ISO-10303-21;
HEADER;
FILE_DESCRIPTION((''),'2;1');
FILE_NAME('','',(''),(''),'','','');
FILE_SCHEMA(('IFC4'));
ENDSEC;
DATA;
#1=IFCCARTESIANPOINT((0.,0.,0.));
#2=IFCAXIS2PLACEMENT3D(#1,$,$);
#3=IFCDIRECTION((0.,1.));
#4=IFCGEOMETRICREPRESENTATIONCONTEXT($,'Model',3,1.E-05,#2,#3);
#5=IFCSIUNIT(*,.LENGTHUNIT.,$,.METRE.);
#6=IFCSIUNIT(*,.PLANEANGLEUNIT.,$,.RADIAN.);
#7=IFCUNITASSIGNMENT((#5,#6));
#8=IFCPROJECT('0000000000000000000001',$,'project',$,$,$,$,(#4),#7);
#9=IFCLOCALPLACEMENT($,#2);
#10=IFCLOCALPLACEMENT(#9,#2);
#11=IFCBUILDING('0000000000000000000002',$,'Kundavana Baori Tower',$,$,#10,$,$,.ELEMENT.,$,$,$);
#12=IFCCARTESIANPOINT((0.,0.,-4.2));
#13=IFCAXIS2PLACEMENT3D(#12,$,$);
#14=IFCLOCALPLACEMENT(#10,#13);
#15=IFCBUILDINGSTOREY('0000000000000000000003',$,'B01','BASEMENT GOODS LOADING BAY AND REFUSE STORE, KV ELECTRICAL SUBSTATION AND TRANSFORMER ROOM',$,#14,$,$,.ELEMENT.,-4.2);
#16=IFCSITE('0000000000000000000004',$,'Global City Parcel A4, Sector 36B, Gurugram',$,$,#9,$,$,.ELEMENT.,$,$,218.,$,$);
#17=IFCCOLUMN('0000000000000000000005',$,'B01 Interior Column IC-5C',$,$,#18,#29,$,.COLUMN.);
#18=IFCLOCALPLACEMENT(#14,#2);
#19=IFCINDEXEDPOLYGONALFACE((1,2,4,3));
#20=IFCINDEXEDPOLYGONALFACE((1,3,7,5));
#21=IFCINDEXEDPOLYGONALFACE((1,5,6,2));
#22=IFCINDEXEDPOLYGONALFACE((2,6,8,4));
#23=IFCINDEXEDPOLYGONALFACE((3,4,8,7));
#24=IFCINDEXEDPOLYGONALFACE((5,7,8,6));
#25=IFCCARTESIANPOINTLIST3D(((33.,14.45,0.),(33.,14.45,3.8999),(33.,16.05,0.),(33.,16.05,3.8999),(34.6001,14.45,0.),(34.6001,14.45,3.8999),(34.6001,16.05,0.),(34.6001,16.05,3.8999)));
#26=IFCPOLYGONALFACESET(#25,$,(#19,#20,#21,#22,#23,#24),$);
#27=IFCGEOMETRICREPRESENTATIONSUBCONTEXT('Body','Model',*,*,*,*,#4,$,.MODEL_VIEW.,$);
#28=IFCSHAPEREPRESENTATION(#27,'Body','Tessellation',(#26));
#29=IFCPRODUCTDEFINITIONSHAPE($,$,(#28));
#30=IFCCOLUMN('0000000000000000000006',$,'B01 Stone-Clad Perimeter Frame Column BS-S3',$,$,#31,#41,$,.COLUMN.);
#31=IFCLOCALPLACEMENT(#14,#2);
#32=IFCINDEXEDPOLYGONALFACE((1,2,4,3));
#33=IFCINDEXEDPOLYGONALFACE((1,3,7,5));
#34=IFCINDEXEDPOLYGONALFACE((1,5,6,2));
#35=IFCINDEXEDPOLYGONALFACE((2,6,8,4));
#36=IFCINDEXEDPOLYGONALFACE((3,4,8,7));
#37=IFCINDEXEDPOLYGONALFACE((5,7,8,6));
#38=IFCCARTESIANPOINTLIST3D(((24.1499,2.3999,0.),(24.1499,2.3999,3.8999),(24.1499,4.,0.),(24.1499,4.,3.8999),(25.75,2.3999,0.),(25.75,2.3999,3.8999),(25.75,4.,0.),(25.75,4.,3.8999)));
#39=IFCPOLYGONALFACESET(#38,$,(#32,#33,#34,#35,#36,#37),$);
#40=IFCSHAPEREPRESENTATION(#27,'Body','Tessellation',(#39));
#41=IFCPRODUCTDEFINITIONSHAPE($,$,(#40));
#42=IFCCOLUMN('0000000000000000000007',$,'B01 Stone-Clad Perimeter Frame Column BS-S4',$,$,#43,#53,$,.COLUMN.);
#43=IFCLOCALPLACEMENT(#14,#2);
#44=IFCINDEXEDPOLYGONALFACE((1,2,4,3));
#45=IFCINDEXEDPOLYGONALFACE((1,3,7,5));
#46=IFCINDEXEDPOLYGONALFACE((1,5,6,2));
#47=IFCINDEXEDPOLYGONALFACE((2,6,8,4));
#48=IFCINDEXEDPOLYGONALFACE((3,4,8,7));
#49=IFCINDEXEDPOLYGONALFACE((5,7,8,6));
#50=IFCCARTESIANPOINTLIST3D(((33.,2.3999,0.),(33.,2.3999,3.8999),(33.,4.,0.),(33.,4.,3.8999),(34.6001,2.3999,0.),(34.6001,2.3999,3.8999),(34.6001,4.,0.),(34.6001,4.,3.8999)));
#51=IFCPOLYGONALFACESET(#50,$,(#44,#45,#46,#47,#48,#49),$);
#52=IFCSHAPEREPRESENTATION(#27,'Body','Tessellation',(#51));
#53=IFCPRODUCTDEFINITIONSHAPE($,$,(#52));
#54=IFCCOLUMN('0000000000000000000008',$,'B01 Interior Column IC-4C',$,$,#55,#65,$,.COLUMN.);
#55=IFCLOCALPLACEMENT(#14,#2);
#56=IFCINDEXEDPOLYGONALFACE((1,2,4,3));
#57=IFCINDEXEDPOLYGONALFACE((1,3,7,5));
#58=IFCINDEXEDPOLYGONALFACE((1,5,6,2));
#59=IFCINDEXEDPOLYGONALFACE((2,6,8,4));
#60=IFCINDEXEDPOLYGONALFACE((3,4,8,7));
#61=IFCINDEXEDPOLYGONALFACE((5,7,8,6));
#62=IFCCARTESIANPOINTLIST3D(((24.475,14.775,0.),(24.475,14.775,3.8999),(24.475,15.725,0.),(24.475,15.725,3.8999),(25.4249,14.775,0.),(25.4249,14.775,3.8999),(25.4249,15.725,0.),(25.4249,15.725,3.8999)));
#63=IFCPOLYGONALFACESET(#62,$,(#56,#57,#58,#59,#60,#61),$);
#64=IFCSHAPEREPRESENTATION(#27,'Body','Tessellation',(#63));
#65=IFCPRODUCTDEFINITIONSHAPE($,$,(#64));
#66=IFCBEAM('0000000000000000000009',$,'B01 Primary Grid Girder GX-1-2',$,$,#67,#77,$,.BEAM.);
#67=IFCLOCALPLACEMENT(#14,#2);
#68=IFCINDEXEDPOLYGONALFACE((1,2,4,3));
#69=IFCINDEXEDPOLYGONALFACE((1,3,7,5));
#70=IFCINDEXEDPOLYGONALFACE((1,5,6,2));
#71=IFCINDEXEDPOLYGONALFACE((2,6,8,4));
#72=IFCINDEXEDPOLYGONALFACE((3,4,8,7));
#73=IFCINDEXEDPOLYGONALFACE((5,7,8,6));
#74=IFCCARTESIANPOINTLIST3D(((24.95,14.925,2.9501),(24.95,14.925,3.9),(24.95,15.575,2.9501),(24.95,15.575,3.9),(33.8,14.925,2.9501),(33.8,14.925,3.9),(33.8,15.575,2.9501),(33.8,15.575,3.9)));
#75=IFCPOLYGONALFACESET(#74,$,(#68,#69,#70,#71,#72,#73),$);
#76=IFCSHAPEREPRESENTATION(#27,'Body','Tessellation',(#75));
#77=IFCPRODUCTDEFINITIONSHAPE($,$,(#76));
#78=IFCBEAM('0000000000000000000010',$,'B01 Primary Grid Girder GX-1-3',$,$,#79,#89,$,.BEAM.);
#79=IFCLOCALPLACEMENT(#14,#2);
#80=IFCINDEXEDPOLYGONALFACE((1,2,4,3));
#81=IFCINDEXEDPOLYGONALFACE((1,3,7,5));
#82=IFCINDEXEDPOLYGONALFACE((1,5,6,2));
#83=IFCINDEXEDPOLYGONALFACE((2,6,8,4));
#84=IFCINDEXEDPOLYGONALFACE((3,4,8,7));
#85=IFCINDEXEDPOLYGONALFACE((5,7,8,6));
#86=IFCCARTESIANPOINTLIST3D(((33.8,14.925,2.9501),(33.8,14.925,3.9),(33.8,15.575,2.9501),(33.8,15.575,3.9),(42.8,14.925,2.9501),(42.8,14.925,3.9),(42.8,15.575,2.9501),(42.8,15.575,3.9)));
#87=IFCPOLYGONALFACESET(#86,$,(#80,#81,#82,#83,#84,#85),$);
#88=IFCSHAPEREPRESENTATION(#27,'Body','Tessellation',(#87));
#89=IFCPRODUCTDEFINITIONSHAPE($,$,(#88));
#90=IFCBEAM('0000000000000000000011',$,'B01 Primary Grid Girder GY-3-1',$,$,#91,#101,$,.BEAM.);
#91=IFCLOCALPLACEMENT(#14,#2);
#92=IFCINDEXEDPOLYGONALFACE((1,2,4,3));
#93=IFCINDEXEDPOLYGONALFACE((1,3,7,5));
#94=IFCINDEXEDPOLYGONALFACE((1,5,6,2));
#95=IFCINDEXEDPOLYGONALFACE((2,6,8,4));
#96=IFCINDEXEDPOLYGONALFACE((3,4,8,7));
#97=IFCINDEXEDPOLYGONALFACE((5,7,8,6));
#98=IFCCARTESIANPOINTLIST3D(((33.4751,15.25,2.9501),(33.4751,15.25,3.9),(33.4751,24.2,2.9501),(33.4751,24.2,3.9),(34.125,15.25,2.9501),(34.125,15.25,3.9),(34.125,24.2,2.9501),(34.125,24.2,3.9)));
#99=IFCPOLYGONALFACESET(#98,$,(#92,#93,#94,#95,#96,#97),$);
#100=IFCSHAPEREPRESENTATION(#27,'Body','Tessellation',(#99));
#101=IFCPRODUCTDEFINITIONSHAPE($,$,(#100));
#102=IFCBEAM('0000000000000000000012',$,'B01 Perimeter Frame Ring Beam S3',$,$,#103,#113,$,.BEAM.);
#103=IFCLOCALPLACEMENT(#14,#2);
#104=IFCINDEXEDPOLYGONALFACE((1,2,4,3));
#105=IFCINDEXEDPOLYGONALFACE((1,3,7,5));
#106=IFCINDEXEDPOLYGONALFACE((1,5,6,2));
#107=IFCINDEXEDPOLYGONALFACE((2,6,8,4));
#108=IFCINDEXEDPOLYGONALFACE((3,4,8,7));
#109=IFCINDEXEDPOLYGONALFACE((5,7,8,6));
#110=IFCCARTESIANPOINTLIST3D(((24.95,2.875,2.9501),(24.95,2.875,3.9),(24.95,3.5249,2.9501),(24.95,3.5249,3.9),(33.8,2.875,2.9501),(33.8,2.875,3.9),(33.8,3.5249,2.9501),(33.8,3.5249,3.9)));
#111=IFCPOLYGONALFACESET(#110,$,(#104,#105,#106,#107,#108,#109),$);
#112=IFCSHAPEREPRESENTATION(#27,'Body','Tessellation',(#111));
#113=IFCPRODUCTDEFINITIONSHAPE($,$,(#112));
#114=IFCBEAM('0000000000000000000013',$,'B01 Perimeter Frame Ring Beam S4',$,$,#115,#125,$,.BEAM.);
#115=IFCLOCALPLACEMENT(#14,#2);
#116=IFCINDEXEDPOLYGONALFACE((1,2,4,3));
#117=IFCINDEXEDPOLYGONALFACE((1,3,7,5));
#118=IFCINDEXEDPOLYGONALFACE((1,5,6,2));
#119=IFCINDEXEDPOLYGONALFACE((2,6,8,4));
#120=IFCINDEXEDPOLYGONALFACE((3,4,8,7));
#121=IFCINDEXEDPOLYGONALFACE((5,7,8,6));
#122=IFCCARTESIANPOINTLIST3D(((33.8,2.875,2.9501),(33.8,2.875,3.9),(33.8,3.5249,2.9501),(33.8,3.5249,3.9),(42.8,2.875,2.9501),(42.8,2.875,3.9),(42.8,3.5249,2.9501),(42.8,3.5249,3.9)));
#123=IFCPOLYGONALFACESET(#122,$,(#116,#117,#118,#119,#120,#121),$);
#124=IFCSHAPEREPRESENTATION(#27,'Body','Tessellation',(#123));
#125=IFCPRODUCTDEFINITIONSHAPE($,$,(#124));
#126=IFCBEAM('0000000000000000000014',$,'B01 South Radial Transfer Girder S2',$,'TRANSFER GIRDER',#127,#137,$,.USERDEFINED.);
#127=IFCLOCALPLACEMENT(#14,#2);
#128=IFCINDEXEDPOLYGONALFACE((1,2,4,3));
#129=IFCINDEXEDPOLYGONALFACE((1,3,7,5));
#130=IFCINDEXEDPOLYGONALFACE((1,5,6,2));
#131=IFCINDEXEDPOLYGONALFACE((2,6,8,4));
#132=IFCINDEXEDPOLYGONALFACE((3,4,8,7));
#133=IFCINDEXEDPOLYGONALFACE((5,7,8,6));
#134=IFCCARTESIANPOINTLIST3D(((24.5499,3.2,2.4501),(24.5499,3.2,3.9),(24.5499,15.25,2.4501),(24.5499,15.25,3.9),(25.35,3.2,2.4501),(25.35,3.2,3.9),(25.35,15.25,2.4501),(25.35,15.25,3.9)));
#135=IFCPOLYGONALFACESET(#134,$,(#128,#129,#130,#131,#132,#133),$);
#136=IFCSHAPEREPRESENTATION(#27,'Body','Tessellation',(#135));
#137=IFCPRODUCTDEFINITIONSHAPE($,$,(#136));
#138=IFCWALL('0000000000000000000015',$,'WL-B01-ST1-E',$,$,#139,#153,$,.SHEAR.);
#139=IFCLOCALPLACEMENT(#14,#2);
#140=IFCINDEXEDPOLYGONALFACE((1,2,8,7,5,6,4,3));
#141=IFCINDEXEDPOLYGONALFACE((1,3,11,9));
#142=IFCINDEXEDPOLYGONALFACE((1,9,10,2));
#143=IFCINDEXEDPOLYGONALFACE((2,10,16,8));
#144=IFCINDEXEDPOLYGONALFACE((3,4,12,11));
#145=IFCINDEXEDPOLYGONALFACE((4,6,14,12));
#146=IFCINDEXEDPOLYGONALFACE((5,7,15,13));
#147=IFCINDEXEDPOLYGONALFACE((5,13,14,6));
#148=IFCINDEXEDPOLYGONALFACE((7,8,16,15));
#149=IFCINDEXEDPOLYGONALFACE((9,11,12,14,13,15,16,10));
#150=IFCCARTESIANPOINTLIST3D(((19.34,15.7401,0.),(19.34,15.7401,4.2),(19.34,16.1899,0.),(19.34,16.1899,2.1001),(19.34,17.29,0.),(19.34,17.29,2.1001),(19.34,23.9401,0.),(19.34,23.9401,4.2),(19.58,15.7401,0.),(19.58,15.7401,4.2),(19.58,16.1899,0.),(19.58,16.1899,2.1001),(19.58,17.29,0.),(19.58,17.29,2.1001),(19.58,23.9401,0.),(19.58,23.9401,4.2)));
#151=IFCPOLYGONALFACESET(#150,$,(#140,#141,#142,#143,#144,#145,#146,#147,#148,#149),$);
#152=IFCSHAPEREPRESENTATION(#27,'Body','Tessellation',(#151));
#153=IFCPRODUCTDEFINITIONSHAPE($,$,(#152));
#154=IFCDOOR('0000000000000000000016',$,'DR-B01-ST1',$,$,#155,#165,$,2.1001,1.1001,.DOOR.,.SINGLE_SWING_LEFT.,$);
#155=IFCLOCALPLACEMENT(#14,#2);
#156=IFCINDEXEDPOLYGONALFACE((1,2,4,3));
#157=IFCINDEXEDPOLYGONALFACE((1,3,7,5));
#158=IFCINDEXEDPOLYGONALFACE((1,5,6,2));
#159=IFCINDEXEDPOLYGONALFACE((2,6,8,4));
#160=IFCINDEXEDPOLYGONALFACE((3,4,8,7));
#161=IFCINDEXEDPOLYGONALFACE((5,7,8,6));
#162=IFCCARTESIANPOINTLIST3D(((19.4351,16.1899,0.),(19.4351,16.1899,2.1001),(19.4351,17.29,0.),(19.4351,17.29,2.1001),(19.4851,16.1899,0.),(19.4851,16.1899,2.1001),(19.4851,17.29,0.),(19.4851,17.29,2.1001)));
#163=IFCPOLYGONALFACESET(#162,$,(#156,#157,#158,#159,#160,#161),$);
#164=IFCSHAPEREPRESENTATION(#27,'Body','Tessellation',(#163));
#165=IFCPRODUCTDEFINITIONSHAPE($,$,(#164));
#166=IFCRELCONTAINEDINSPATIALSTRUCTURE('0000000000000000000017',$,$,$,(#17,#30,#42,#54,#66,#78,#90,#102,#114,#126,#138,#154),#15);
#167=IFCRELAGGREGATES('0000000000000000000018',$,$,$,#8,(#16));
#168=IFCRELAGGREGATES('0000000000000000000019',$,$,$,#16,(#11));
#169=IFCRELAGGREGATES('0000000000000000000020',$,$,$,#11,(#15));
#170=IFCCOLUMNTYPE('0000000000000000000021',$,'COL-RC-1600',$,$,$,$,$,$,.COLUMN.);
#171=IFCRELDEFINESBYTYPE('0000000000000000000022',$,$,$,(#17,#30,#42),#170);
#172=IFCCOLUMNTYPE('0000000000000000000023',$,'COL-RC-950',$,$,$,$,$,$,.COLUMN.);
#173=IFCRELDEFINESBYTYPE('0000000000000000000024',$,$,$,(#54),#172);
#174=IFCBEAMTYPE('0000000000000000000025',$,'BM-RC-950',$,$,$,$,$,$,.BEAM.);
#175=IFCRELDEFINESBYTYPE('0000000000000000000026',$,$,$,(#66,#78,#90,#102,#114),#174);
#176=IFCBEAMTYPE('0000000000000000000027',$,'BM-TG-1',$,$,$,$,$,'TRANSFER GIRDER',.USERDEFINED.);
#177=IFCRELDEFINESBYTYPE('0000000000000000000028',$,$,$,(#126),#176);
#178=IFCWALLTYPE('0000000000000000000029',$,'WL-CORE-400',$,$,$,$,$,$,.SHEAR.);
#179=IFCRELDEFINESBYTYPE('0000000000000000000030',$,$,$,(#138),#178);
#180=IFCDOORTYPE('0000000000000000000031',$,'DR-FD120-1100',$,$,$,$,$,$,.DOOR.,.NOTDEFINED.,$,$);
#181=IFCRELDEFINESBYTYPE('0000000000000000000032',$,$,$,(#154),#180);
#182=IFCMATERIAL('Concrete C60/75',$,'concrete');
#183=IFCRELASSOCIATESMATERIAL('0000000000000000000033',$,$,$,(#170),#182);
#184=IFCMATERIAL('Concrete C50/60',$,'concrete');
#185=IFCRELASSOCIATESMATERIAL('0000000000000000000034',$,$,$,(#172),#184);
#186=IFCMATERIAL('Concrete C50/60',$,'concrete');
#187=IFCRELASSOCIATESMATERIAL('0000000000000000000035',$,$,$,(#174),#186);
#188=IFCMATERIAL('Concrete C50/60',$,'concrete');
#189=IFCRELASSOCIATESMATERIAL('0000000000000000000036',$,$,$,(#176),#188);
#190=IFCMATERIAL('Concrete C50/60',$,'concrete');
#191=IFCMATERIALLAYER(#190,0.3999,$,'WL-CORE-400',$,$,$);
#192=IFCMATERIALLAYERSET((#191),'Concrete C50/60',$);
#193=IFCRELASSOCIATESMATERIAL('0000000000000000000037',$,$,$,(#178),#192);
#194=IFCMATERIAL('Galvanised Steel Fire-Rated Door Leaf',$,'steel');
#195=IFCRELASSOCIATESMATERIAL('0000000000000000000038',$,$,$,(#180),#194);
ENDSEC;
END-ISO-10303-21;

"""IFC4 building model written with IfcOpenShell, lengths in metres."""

from ifc_helpers import new_model, si_unit, direction, frame, frame_2d, origin, origin_2d, place, context, subcontext, project, spatial, rectangle, extrude, material, layer, layer_set, material_profile, profile_set, type_object, element, fill, save


model = new_model("IFC4")

# Units and contexts
model_context = context("Model", 3, precision=1e-05, world=origin(), true_north=direction((0.0, 1.0)))
body_context = subcontext(model_context, "Body", "Model", "MODEL_VIEW")
ifc_project = project(units=[si_unit("LENGTHUNIT", "METRE"), si_unit("PLANEANGLEUNIT", "RADIAN")], contexts=[model_context])

# Site, building, storey
site_placement = place(None, origin())
site = spatial("IfcSite", under=ifc_project, at=site_placement, Name="Global City Parcel A4, Sector 36B, Gurugram", CompositionType="ELEMENT", RefElevation=218.0)
building_placement = place(site_placement, origin())
building = spatial("IfcBuilding", under=site, at=building_placement, Name="Kundavana Baori Tower", CompositionType="ELEMENT")
storey_placement = place(building_placement, frame((0.0, 0.0, -4.2)))
storey = spatial("IfcBuildingStorey", under=building, at=storey_placement, Name="B01", Description="BASEMENT GOODS LOADING BAY AND REFUSE STORE, KV ELECTRICAL SUBSTATION AND TRANSFORMER ROOM", CompositionType="ELEMENT", Elevation=-4.2)

# Columns
ifc_material_1 = material(Name="Concrete C60/75", Category="concrete")
ifc_material_profile_1 = material_profile(ifc_material_1, rectangle(XDim=1.6001, YDim=1.6001, at=origin_2d()), Name="RC 1600x1600")
ifc_profile_set_1 = profile_set([ifc_material_profile_1], Name="Concrete C60/75")
column_type_1 = type_object("IfcColumnType", Name="COL-RC-1600", PredefinedType="COLUMN", material=ifc_profile_set_1)
for number, where, z_axis, x_axis, name in (
    (1, (33.8, 15.25, 0.0), (0.0, 0.0, 1.0), (1.0, 0.0, 0.0), "B01 Interior Column IC-5C"),
    (2, (24.95, 3.2, 0.0), (0.0, 0.0, 1.0), (1.0, 0.0, 0.0), "B01 Stone-Clad Perimeter Frame Column BS-S3"),
    (3, (33.8, 3.2, 0.0), (0.0, 0.0, 1.0), (1.0, 0.0, 0.0), "B01 Stone-Clad Perimeter Frame Column BS-S4"),
):
    element("IfcColumn", number, at=place(storey_placement, frame(where, z_axis=z_axis, x_axis=x_axis)), inside=storey, type_object=column_type_1, Name=name, PredefinedType="COLUMN", context=body_context, shape_type="SweptSolid", body=[
        extrude(rectangle(XDim=1.6001, YDim=1.6001, at=origin_2d()), origin(), (0.0, 0.0, 1.0), 3.8999),
    ])
ifc_material_2 = material(Name="Concrete C50/60", Category="concrete")
ifc_material_profile_2 = material_profile(ifc_material_2, rectangle(XDim=0.95, YDim=0.95, at=origin_2d()), Name="RC 950x950")
ifc_profile_set_2 = profile_set([ifc_material_profile_2], Name="Concrete C50/60")
column_type_2 = type_object("IfcColumnType", Name="COL-RC-950", PredefinedType="COLUMN", material=ifc_profile_set_2)
column_placement = place(storey_placement, frame((24.95, 15.25, 0.0), z_axis=(0.0, 0.0, 1.0), x_axis=(1.0, 0.0, 0.0)))
element("IfcColumn", 4, at=column_placement, inside=storey, type_object=column_type_2, Name="B01 Interior Column IC-4C", PredefinedType="COLUMN", context=body_context, shape_type="SweptSolid", body=[
    extrude(rectangle(XDim=0.95, YDim=0.95, at=origin_2d()), origin(), (0.0, 0.0, 1.0), 3.8999),
])

# Beams
ifc_material_3 = material(Name="Concrete C50/60", Category="concrete")
ifc_material_profile_3 = material_profile(ifc_material_3, rectangle(XDim=0.6499, YDim=0.95, at=origin_2d()), Name="RC BM 650x950")
ifc_profile_set_3 = profile_set([ifc_material_profile_3], Name="Concrete C50/60")
beam_type_1 = type_object("IfcBeamType", Name="BM-RC-950", PredefinedType="BEAM", material=ifc_profile_set_3)
beam_1_placement = place(storey_placement, frame((24.95, 15.25, 3.425), z_axis=(1.0, 0.0, 0.0), x_axis=(0.0, 1.0, 0.0)))
element("IfcBeam", 5, at=beam_1_placement, inside=storey, type_object=beam_type_1, Name="B01 Primary Grid Girder GX-1-2", PredefinedType="BEAM", context=body_context, shape_type="SweptSolid", body=[
    extrude(rectangle(XDim=0.6499, YDim=0.95, at=origin_2d()), origin(), (0.0, 0.0, 1.0), 8.8501),
])
beam_2_placement = place(storey_placement, frame((33.8, 15.25, 3.425), z_axis=(1.0, 0.0, 0.0), x_axis=(0.0, 1.0, 0.0)))
element("IfcBeam", 6, at=beam_2_placement, inside=storey, type_object=beam_type_1, Name="B01 Primary Grid Girder GX-1-3", PredefinedType="BEAM", context=body_context, shape_type="SweptSolid", body=[
    extrude(rectangle(XDim=0.6499, YDim=0.95, at=origin_2d()), origin(), (0.0, 0.0, 1.0), 9.0),
])
beam_3_placement = place(storey_placement, frame((33.8, 15.25, 3.425), z_axis=(0.0, 1.0, 0.0), x_axis=(-1.0, 0.0, 0.0)))
element("IfcBeam", 7, at=beam_3_placement, inside=storey, type_object=beam_type_1, Name="B01 Primary Grid Girder GY-3-1", PredefinedType="BEAM", context=body_context, shape_type="SweptSolid", body=[
    extrude(rectangle(XDim=0.6499, YDim=0.95, at=origin_2d()), origin(), (0.0, 0.0, 1.0), 8.95),
])
beam_4_placement = place(storey_placement, frame((24.95, 3.2, 3.425), z_axis=(1.0, 0.0, 0.0), x_axis=(0.0, 1.0, 0.0)))
element("IfcBeam", 8, at=beam_4_placement, inside=storey, type_object=beam_type_1, Name="B01 Perimeter Frame Ring Beam S3", PredefinedType="BEAM", context=body_context, shape_type="SweptSolid", body=[
    extrude(rectangle(XDim=0.6499, YDim=0.95, at=origin_2d()), origin(), (0.0, 0.0, 1.0), 8.8501),
])
beam_5_placement = place(storey_placement, frame((33.8, 3.2, 3.425), z_axis=(1.0, 0.0, 0.0), x_axis=(0.0, 1.0, 0.0)))
element("IfcBeam", 9, at=beam_5_placement, inside=storey, type_object=beam_type_1, Name="B01 Perimeter Frame Ring Beam S4", PredefinedType="BEAM", context=body_context, shape_type="SweptSolid", body=[
    extrude(rectangle(XDim=0.6499, YDim=0.95, at=origin_2d()), origin(), (0.0, 0.0, 1.0), 9.0),
])
ifc_material_4 = material(Name="Concrete C50/60", Category="concrete")
ifc_material_profile_4 = material_profile(ifc_material_4, rectangle(XDim=0.8, YDim=1.45, at=origin_2d()), Name="BM-TG-1")
ifc_profile_set_4 = profile_set([ifc_material_profile_4], Name="Concrete C50/60")
beam_type_2 = type_object("IfcBeamType", Name="BM-TG-1", ElementType="TRANSFER GIRDER", PredefinedType="USERDEFINED", material=ifc_profile_set_4)
beam_6_placement = place(storey_placement, frame((24.95, 15.25, 3.175), z_axis=(0.0, -1.0, 0.0), x_axis=(1.0, 0.0, 0.0)))
element("IfcBeam", 10, at=beam_6_placement, inside=storey, type_object=beam_type_2, Name="B01 South Radial Transfer Girder S2", ObjectType="TRANSFER GIRDER", PredefinedType="USERDEFINED", context=body_context, shape_type="SweptSolid", body=[
    extrude(rectangle(XDim=0.8, YDim=1.45, at=origin_2d()), origin(), (0.0, 0.0, 1.0), 12.05),
])

# Wall, opening, door
ifc_material_5 = material(Name="Concrete C50/60", Category="concrete")
ifc_layer_1 = layer(ifc_material_5, 0.3999, Name="WL-CORE-400")
ifc_layer_set_1 = layer_set([ifc_layer_1], Name="Concrete C50/60")
wall_type_1 = type_object("IfcWallType", Name="WL-CORE-400", PredefinedType="SHEAR", material=ifc_layer_set_1)
wall_1_placement = place(storey_placement, frame((19.46, 15.74, 0.0), z_axis=(0.0, 0.0, 1.0), x_axis=(0.0, 1.0, 0.0)))
wall_1 = element("IfcWall", 11, at=wall_1_placement, inside=storey, type_object=wall_type_1, Name="WL-B01-ST1-E", PredefinedType="SHEAR", context=body_context, shape_type="SweptSolid", body=[
    extrude(rectangle(XDim=8.2, YDim=0.24, at=frame_2d((4.1001, 0.0))), origin(), (0.0, 0.0, 1.0), 4.2),
])
opening_1_placement = place(wall_1_placement, frame((0.45, 0.0, 0.0)))
opening_1 = element("IfcOpeningElement", 12, at=opening_1_placement, cuts=wall_1, PredefinedType="OPENING", context=body_context, shape_type="SweptSolid", body=[
    extrude(rectangle(XDim=1.1001, YDim=2.1001, at=frame_2d((0.55, 1.05))), frame((0.0, 0.1299, 0.0), z_axis=(0.0, -1.0, 0.0), x_axis=(1.0, 0.0, 0.0)), (0.0, 0.0, 1.0), 0.26),
])
ifc_material_6 = material(Name="Galvanised Steel Fire-Rated Door Leaf", Category="steel")
door_type_1 = type_object("IfcDoorType", Name="DR-FD120-1100", OperationType="NOTDEFINED", PredefinedType="DOOR", material=ifc_material_6)
door_1_placement = place(opening_1_placement, origin())
door_1 = element("IfcDoor", 13, at=door_1_placement, inside=storey, type_object=door_type_1, Name="DR-B01-ST1", OperationType="SINGLE_SWING_LEFT", OverallHeight=2.1001, OverallWidth=1.1001, PredefinedType="DOOR", context=body_context, shape_type="SweptSolid", body=[
    extrude(rectangle(XDim=1.1001, YDim=2.1001, at=frame_2d((0.55, 1.05))), frame((0.0, 0.0249, 0.0), z_axis=(0.0, -1.0, 0.0), x_axis=(1.0, 0.0, 0.0)), (0.0, 0.0, 1.0), 0.05),
])
fill(opening_1, door_1)

save(model, "model.ifc")
